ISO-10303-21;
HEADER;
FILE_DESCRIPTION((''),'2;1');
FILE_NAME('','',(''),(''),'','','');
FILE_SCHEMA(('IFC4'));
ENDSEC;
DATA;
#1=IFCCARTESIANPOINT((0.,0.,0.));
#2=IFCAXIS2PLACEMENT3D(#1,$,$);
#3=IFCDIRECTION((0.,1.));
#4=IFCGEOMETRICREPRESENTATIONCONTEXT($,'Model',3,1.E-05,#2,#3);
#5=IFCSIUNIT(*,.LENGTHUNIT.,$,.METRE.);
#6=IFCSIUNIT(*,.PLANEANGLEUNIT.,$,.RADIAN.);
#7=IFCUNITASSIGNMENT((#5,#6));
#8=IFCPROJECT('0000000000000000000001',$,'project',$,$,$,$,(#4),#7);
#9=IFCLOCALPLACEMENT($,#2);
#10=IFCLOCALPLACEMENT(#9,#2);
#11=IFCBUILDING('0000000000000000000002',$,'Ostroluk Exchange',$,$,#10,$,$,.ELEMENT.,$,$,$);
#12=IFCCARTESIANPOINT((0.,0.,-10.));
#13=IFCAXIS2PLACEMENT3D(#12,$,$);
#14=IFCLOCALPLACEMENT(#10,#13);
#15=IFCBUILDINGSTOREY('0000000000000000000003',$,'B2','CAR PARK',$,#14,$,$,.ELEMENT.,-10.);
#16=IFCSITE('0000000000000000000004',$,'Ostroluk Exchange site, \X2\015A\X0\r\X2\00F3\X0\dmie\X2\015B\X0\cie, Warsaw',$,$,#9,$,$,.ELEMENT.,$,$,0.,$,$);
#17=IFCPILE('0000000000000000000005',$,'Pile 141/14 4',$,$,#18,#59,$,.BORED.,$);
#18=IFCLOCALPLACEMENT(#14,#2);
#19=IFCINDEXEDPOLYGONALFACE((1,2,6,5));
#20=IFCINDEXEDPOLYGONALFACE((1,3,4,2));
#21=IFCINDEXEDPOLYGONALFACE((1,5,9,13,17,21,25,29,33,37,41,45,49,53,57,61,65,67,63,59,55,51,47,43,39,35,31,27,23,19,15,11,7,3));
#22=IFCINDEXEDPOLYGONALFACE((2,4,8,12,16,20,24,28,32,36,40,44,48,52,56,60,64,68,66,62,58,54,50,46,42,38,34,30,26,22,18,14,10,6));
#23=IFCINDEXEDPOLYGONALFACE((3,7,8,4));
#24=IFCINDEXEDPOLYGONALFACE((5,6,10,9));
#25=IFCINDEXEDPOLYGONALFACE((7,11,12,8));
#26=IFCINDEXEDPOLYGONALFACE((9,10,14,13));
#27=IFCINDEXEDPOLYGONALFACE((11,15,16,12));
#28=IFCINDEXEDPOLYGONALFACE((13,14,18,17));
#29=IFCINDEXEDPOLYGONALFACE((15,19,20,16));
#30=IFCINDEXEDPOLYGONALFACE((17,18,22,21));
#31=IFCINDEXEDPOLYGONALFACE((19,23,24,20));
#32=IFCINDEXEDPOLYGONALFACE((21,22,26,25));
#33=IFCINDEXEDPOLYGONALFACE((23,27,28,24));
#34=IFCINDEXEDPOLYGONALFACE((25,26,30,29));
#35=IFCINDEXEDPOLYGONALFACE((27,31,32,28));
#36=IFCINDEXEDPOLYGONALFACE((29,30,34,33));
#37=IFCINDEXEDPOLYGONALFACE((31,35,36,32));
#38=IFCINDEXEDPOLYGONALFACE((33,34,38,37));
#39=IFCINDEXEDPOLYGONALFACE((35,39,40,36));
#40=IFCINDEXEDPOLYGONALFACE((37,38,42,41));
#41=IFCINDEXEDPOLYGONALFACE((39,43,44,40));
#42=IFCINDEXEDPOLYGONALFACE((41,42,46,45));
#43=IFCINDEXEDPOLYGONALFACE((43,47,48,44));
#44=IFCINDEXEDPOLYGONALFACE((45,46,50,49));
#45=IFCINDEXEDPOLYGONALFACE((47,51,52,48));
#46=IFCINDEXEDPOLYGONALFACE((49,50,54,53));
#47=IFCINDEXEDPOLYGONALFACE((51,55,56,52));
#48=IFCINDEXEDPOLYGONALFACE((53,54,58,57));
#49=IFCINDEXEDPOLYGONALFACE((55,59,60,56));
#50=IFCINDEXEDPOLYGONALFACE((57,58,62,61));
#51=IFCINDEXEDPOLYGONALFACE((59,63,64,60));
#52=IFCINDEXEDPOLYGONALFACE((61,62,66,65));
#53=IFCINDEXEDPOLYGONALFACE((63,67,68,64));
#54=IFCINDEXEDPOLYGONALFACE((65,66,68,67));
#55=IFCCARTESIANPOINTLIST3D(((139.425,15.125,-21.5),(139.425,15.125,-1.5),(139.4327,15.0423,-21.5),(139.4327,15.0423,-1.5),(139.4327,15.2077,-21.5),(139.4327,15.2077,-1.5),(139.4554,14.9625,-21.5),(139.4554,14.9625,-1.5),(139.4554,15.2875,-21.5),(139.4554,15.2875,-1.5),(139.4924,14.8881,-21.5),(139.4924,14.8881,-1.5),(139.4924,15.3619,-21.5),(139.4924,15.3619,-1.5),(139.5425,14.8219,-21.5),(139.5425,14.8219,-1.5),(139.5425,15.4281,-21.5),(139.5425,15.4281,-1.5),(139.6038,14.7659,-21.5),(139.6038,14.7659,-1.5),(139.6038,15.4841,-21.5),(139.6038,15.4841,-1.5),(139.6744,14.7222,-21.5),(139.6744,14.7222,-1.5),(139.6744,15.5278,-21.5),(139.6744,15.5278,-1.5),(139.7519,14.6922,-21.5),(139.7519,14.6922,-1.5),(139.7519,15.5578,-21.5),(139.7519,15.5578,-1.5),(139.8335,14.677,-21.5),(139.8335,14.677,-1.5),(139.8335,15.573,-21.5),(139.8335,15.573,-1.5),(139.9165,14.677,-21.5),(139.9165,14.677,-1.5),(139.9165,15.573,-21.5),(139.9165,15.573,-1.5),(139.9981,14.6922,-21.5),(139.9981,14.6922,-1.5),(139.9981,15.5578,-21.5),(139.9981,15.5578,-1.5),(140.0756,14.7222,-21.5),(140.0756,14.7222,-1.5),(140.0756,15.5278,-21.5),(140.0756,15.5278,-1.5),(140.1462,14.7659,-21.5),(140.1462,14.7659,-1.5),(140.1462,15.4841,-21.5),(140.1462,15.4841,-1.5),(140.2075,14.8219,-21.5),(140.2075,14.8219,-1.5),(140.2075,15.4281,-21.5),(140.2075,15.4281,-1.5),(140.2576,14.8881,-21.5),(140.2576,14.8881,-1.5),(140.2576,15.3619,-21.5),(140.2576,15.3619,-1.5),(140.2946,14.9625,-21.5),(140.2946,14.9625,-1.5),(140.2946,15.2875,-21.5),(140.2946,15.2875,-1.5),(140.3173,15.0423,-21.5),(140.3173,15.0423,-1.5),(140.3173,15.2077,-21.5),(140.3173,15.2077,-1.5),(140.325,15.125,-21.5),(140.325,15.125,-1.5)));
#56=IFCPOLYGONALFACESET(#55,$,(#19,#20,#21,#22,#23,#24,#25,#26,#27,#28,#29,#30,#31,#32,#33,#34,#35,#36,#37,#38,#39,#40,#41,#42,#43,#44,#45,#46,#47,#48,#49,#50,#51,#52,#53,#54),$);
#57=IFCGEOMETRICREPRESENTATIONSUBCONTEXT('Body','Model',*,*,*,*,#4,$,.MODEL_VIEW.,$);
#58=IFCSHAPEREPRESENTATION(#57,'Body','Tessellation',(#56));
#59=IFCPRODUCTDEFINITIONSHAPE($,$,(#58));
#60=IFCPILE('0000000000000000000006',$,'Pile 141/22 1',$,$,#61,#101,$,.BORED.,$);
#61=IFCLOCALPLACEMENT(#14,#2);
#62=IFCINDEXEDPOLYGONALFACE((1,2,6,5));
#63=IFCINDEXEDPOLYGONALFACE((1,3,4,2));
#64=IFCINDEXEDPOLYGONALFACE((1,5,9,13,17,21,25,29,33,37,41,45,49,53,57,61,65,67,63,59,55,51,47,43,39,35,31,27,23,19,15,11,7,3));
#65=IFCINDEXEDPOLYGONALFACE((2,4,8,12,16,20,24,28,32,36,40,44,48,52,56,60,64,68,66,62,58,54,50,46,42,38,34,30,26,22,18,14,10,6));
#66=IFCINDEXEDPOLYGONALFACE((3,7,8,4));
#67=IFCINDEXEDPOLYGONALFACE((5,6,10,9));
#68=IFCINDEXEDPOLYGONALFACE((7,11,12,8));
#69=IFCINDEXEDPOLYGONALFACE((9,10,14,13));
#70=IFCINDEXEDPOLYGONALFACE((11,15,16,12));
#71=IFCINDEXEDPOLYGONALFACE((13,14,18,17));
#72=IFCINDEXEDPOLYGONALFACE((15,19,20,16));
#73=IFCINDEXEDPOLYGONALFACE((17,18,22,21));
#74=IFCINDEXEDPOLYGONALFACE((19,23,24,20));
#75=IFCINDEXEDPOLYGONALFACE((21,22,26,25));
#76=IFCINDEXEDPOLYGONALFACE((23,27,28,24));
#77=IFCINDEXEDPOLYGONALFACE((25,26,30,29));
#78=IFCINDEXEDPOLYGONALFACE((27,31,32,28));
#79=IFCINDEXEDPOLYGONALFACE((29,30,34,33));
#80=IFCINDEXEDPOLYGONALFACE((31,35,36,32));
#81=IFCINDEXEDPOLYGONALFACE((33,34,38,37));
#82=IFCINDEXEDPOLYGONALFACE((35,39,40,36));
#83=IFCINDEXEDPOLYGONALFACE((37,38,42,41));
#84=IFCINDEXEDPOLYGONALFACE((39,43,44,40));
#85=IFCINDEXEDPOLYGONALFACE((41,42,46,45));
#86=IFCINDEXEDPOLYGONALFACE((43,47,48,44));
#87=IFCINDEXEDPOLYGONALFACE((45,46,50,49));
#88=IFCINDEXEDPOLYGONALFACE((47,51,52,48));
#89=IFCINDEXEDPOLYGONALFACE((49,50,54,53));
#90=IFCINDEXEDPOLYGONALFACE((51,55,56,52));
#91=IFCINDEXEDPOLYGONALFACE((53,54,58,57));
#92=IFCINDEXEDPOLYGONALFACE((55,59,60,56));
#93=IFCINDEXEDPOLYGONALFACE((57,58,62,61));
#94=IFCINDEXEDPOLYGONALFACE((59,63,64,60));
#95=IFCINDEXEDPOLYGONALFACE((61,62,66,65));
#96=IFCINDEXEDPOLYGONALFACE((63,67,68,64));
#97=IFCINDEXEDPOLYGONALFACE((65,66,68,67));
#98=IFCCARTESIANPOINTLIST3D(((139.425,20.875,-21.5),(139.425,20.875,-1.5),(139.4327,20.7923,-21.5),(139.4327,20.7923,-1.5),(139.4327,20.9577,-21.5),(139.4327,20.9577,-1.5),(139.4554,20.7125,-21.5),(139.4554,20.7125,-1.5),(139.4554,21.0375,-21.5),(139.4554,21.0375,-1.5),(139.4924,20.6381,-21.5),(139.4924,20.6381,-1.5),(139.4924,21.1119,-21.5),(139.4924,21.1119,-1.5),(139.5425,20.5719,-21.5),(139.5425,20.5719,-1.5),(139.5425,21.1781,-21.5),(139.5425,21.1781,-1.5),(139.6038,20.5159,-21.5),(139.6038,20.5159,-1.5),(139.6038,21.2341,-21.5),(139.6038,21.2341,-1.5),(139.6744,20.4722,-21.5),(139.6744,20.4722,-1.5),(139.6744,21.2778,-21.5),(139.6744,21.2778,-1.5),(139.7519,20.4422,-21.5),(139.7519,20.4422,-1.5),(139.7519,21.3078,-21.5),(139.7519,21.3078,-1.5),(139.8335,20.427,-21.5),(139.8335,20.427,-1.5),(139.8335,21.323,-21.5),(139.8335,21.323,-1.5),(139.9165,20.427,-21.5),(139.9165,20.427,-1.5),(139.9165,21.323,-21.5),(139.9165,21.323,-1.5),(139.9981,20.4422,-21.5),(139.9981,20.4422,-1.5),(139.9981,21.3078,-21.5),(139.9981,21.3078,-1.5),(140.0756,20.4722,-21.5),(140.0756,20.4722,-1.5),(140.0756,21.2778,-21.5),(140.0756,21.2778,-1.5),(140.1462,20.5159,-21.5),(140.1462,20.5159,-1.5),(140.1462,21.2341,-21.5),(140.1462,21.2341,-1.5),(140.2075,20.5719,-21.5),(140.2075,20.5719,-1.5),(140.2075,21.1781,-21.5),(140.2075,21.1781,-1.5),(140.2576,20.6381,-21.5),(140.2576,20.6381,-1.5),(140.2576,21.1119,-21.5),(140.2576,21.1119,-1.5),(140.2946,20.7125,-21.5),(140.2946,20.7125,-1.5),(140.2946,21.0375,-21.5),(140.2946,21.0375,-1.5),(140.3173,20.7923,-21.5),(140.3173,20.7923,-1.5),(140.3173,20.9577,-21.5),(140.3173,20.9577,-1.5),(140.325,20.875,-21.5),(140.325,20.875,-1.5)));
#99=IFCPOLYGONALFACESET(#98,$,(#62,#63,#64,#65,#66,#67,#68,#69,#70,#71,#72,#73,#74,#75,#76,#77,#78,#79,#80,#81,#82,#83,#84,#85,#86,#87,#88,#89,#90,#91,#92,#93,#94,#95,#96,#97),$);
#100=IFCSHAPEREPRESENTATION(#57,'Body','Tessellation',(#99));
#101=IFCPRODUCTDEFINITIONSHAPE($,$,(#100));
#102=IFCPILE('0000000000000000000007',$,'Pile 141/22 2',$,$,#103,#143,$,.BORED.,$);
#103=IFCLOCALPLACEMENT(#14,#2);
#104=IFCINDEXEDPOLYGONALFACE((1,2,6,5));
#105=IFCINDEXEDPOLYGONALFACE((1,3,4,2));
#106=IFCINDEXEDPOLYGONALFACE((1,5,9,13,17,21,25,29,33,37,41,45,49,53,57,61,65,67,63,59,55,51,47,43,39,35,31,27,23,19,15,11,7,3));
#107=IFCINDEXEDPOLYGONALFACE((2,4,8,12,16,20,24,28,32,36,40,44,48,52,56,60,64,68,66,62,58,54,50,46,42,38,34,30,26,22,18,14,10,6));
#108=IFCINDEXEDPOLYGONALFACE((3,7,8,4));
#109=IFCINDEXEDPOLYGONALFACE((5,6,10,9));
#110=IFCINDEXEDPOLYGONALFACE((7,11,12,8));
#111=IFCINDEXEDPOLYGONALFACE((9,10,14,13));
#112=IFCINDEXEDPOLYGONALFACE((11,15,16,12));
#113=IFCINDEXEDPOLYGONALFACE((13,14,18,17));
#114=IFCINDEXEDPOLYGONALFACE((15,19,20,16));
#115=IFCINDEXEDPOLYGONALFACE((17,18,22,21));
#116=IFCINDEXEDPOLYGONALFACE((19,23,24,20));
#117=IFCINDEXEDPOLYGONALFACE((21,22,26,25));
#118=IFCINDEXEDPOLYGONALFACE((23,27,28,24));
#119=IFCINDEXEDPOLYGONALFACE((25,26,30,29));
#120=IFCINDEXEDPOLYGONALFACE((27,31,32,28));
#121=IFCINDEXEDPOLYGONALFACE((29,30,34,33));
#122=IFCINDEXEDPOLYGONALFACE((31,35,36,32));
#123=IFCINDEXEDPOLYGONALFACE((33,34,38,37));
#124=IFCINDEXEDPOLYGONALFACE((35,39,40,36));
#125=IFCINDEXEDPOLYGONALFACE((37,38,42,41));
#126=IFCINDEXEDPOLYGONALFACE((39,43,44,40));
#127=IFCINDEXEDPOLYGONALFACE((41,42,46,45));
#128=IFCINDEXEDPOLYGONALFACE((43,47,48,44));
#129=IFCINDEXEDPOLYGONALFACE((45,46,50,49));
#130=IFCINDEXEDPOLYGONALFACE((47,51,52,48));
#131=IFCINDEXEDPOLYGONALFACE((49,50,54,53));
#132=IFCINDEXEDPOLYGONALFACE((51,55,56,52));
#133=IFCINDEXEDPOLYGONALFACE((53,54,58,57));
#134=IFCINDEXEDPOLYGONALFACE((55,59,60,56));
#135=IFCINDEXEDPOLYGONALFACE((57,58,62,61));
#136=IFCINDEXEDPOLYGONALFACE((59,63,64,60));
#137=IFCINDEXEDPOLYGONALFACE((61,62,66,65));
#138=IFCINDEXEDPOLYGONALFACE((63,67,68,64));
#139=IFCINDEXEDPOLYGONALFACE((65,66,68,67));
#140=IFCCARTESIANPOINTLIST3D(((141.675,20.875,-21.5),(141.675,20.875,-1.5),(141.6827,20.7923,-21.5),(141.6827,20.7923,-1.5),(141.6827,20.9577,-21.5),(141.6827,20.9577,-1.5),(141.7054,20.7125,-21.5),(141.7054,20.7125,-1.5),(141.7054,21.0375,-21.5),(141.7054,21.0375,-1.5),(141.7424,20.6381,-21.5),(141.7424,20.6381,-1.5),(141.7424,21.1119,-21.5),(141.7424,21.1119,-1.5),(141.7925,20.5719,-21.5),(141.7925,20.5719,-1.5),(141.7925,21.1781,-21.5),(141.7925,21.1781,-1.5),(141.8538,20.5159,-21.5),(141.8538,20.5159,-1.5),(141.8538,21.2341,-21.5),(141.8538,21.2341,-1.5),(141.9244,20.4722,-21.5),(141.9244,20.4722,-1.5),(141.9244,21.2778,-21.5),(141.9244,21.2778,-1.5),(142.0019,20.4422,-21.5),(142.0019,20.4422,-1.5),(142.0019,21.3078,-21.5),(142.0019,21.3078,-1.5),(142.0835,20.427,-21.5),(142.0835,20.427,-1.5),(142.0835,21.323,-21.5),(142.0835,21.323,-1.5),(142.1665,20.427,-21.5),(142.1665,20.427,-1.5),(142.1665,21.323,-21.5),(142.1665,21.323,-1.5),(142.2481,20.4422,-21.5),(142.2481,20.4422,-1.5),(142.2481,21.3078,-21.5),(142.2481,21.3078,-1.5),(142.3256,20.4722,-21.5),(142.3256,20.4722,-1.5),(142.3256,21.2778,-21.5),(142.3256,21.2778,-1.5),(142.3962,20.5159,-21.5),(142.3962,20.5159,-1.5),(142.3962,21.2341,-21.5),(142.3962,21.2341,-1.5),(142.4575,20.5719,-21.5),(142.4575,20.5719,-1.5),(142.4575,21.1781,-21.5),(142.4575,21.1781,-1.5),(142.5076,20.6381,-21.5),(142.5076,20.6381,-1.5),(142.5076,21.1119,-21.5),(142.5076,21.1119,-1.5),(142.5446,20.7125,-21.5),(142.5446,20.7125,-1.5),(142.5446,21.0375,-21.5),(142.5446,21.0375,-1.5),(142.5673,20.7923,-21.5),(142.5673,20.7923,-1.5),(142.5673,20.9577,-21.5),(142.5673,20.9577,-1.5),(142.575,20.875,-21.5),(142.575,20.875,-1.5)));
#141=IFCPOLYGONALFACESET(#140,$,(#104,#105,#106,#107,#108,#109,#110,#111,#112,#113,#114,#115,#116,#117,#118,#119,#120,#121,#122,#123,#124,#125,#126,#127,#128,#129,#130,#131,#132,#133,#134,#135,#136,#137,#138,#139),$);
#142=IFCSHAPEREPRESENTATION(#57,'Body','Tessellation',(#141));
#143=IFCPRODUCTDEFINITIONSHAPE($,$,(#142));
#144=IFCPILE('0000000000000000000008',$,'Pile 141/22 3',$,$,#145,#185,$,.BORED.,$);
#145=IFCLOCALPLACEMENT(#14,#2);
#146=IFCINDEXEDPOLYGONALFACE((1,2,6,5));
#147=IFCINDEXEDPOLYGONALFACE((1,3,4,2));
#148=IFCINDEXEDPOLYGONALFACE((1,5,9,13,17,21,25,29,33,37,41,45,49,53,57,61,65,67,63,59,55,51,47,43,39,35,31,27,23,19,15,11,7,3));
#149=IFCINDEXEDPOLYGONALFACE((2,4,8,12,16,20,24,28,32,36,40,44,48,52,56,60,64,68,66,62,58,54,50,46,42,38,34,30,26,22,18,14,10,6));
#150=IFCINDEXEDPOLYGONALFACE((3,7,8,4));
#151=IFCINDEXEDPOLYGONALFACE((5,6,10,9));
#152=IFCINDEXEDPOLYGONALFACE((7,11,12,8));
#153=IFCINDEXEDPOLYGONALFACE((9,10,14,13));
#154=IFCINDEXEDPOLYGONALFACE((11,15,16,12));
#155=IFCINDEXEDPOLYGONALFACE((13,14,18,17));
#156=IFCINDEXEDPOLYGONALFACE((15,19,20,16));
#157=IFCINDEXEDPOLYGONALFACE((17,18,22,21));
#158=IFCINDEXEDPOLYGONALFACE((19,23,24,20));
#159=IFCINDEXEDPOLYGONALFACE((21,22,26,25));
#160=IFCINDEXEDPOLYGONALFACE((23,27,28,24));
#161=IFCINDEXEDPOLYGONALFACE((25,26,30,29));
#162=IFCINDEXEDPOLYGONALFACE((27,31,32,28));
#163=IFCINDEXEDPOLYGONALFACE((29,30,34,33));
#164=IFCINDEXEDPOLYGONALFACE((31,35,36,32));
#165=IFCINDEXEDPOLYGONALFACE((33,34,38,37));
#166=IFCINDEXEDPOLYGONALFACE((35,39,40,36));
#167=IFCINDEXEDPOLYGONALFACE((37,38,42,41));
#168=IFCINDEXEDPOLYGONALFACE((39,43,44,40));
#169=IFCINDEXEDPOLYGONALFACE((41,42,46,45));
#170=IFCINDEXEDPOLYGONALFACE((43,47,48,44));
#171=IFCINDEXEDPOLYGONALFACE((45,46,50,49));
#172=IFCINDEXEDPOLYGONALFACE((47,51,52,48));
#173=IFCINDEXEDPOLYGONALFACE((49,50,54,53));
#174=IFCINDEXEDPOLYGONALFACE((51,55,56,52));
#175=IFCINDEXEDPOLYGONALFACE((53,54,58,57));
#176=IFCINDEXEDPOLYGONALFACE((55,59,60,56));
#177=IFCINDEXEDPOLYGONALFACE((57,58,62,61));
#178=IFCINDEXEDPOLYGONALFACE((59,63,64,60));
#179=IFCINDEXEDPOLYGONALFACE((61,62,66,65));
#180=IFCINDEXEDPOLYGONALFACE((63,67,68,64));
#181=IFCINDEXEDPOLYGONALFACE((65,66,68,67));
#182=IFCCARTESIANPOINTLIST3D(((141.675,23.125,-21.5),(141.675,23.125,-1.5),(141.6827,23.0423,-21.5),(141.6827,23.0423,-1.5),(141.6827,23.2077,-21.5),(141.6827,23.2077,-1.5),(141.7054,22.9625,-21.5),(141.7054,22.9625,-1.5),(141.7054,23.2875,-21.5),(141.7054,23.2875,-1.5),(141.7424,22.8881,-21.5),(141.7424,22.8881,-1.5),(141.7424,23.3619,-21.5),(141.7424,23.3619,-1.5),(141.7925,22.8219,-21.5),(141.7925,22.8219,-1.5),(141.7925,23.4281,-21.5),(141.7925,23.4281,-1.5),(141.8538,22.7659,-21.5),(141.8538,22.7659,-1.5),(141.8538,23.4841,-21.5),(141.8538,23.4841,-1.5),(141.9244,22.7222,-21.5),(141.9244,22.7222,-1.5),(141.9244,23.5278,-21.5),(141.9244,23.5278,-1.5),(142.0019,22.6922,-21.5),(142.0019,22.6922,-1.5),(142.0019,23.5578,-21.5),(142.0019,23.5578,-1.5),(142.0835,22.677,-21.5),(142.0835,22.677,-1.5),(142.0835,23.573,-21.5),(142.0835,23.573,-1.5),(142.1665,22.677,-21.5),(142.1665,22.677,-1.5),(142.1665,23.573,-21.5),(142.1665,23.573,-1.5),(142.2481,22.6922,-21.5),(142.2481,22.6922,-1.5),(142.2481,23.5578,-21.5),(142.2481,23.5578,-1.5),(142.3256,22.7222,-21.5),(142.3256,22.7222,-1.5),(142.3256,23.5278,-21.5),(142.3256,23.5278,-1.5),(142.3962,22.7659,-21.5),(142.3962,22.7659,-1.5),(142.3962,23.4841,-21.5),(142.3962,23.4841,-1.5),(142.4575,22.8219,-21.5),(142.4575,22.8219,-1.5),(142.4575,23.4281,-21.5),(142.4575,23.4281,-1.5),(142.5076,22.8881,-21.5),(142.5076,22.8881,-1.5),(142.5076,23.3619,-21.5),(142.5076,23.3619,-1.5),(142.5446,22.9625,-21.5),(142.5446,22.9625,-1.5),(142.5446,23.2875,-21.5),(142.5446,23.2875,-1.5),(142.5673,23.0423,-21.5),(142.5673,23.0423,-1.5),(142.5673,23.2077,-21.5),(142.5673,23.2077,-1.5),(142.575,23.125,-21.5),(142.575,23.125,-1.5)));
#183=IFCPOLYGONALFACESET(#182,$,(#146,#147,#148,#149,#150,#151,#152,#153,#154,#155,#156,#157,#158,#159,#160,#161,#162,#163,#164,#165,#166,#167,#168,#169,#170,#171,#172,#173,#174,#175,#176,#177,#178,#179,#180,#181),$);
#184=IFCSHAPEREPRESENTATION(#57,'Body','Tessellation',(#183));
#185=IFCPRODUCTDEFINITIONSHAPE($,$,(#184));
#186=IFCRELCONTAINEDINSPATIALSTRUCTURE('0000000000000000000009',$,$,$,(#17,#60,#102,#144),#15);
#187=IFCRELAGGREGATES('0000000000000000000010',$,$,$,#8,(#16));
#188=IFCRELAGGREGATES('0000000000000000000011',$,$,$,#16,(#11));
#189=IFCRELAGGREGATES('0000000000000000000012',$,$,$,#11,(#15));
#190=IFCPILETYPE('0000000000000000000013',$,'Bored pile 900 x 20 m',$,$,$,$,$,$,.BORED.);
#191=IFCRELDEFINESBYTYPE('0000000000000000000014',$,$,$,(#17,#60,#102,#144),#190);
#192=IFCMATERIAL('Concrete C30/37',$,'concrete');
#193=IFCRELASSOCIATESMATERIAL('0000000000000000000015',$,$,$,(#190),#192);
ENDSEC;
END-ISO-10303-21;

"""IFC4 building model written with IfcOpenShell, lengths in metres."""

from ifc_helpers import new_model, si_unit, direction, frame, origin, origin_2d, place, context, subcontext, project, spatial, circle, extrude, material, type_object, element, save


model = new_model("IFC4")

# Units and contexts
model_context = context("Model", 3, precision=1e-05, world=origin(), true_north=direction((0.0, 1.0)))
body_context = subcontext(model_context, "Body", "Model", "MODEL_VIEW")
ifc_project = project(units=[si_unit("LENGTHUNIT", "METRE"), si_unit("PLANEANGLEUNIT", "RADIAN")], contexts=[model_context])

# Site, building, storey
site_placement = place(None, origin())
site = spatial("IfcSite", under=ifc_project, at=site_placement, Name="Ostroluk Exchange site, Śródmieście, Warsaw", CompositionType="ELEMENT", RefElevation=0.0)
building_placement = place(site_placement, origin())
building = spatial("IfcBuilding", under=site, at=building_placement, Name="Ostroluk Exchange", CompositionType="ELEMENT")
storey_placement = place(building_placement, frame((0.0, 0.0, -10.0)))
storey = spatial("IfcBuildingStorey", under=building, at=storey_placement, Name="B2", Description="CAR PARK", CompositionType="ELEMENT", Elevation=-10.0)

# Piles
ifc_material_1 = material(Name="Concrete C30/37", Category="concrete")
pile_type_1 = type_object("IfcPileType", Name="Bored pile 900 x 20 m", PredefinedType="BORED", material=ifc_material_1)
for number, where, z_axis, x_axis, name in (
    (1, (139.875, 15.125, -1.5), (0.0, 0.0, -1.0), (1.0, 0.0, 0.0), "Pile 141/14 4"),
    (2, (139.875, 20.875, -1.5), (0.0, 0.0, -1.0), (1.0, 0.0, 0.0), "Pile 141/22 1"),
    (3, (142.125, 20.875, -1.5), (0.0, 0.0, -1.0), (1.0, 0.0, 0.0), "Pile 141/22 2"),
    (4, (142.125, 23.125, -1.5), (0.0, 0.0, -1.0), (1.0, 0.0, 0.0), "Pile 141/22 3"),
):
    element("IfcPile", number, at=place(storey_placement, frame(where, z_axis=z_axis, x_axis=x_axis)), inside=storey, type_object=pile_type_1, Name=name, PredefinedType="BORED", context=body_context, shape_type="SweptSolid", body=[
        extrude(circle(Radius=0.45, at=origin_2d()), origin(), (0.0, 0.0, 1.0), 20.0),
    ])

save(model, "model.ifc")
